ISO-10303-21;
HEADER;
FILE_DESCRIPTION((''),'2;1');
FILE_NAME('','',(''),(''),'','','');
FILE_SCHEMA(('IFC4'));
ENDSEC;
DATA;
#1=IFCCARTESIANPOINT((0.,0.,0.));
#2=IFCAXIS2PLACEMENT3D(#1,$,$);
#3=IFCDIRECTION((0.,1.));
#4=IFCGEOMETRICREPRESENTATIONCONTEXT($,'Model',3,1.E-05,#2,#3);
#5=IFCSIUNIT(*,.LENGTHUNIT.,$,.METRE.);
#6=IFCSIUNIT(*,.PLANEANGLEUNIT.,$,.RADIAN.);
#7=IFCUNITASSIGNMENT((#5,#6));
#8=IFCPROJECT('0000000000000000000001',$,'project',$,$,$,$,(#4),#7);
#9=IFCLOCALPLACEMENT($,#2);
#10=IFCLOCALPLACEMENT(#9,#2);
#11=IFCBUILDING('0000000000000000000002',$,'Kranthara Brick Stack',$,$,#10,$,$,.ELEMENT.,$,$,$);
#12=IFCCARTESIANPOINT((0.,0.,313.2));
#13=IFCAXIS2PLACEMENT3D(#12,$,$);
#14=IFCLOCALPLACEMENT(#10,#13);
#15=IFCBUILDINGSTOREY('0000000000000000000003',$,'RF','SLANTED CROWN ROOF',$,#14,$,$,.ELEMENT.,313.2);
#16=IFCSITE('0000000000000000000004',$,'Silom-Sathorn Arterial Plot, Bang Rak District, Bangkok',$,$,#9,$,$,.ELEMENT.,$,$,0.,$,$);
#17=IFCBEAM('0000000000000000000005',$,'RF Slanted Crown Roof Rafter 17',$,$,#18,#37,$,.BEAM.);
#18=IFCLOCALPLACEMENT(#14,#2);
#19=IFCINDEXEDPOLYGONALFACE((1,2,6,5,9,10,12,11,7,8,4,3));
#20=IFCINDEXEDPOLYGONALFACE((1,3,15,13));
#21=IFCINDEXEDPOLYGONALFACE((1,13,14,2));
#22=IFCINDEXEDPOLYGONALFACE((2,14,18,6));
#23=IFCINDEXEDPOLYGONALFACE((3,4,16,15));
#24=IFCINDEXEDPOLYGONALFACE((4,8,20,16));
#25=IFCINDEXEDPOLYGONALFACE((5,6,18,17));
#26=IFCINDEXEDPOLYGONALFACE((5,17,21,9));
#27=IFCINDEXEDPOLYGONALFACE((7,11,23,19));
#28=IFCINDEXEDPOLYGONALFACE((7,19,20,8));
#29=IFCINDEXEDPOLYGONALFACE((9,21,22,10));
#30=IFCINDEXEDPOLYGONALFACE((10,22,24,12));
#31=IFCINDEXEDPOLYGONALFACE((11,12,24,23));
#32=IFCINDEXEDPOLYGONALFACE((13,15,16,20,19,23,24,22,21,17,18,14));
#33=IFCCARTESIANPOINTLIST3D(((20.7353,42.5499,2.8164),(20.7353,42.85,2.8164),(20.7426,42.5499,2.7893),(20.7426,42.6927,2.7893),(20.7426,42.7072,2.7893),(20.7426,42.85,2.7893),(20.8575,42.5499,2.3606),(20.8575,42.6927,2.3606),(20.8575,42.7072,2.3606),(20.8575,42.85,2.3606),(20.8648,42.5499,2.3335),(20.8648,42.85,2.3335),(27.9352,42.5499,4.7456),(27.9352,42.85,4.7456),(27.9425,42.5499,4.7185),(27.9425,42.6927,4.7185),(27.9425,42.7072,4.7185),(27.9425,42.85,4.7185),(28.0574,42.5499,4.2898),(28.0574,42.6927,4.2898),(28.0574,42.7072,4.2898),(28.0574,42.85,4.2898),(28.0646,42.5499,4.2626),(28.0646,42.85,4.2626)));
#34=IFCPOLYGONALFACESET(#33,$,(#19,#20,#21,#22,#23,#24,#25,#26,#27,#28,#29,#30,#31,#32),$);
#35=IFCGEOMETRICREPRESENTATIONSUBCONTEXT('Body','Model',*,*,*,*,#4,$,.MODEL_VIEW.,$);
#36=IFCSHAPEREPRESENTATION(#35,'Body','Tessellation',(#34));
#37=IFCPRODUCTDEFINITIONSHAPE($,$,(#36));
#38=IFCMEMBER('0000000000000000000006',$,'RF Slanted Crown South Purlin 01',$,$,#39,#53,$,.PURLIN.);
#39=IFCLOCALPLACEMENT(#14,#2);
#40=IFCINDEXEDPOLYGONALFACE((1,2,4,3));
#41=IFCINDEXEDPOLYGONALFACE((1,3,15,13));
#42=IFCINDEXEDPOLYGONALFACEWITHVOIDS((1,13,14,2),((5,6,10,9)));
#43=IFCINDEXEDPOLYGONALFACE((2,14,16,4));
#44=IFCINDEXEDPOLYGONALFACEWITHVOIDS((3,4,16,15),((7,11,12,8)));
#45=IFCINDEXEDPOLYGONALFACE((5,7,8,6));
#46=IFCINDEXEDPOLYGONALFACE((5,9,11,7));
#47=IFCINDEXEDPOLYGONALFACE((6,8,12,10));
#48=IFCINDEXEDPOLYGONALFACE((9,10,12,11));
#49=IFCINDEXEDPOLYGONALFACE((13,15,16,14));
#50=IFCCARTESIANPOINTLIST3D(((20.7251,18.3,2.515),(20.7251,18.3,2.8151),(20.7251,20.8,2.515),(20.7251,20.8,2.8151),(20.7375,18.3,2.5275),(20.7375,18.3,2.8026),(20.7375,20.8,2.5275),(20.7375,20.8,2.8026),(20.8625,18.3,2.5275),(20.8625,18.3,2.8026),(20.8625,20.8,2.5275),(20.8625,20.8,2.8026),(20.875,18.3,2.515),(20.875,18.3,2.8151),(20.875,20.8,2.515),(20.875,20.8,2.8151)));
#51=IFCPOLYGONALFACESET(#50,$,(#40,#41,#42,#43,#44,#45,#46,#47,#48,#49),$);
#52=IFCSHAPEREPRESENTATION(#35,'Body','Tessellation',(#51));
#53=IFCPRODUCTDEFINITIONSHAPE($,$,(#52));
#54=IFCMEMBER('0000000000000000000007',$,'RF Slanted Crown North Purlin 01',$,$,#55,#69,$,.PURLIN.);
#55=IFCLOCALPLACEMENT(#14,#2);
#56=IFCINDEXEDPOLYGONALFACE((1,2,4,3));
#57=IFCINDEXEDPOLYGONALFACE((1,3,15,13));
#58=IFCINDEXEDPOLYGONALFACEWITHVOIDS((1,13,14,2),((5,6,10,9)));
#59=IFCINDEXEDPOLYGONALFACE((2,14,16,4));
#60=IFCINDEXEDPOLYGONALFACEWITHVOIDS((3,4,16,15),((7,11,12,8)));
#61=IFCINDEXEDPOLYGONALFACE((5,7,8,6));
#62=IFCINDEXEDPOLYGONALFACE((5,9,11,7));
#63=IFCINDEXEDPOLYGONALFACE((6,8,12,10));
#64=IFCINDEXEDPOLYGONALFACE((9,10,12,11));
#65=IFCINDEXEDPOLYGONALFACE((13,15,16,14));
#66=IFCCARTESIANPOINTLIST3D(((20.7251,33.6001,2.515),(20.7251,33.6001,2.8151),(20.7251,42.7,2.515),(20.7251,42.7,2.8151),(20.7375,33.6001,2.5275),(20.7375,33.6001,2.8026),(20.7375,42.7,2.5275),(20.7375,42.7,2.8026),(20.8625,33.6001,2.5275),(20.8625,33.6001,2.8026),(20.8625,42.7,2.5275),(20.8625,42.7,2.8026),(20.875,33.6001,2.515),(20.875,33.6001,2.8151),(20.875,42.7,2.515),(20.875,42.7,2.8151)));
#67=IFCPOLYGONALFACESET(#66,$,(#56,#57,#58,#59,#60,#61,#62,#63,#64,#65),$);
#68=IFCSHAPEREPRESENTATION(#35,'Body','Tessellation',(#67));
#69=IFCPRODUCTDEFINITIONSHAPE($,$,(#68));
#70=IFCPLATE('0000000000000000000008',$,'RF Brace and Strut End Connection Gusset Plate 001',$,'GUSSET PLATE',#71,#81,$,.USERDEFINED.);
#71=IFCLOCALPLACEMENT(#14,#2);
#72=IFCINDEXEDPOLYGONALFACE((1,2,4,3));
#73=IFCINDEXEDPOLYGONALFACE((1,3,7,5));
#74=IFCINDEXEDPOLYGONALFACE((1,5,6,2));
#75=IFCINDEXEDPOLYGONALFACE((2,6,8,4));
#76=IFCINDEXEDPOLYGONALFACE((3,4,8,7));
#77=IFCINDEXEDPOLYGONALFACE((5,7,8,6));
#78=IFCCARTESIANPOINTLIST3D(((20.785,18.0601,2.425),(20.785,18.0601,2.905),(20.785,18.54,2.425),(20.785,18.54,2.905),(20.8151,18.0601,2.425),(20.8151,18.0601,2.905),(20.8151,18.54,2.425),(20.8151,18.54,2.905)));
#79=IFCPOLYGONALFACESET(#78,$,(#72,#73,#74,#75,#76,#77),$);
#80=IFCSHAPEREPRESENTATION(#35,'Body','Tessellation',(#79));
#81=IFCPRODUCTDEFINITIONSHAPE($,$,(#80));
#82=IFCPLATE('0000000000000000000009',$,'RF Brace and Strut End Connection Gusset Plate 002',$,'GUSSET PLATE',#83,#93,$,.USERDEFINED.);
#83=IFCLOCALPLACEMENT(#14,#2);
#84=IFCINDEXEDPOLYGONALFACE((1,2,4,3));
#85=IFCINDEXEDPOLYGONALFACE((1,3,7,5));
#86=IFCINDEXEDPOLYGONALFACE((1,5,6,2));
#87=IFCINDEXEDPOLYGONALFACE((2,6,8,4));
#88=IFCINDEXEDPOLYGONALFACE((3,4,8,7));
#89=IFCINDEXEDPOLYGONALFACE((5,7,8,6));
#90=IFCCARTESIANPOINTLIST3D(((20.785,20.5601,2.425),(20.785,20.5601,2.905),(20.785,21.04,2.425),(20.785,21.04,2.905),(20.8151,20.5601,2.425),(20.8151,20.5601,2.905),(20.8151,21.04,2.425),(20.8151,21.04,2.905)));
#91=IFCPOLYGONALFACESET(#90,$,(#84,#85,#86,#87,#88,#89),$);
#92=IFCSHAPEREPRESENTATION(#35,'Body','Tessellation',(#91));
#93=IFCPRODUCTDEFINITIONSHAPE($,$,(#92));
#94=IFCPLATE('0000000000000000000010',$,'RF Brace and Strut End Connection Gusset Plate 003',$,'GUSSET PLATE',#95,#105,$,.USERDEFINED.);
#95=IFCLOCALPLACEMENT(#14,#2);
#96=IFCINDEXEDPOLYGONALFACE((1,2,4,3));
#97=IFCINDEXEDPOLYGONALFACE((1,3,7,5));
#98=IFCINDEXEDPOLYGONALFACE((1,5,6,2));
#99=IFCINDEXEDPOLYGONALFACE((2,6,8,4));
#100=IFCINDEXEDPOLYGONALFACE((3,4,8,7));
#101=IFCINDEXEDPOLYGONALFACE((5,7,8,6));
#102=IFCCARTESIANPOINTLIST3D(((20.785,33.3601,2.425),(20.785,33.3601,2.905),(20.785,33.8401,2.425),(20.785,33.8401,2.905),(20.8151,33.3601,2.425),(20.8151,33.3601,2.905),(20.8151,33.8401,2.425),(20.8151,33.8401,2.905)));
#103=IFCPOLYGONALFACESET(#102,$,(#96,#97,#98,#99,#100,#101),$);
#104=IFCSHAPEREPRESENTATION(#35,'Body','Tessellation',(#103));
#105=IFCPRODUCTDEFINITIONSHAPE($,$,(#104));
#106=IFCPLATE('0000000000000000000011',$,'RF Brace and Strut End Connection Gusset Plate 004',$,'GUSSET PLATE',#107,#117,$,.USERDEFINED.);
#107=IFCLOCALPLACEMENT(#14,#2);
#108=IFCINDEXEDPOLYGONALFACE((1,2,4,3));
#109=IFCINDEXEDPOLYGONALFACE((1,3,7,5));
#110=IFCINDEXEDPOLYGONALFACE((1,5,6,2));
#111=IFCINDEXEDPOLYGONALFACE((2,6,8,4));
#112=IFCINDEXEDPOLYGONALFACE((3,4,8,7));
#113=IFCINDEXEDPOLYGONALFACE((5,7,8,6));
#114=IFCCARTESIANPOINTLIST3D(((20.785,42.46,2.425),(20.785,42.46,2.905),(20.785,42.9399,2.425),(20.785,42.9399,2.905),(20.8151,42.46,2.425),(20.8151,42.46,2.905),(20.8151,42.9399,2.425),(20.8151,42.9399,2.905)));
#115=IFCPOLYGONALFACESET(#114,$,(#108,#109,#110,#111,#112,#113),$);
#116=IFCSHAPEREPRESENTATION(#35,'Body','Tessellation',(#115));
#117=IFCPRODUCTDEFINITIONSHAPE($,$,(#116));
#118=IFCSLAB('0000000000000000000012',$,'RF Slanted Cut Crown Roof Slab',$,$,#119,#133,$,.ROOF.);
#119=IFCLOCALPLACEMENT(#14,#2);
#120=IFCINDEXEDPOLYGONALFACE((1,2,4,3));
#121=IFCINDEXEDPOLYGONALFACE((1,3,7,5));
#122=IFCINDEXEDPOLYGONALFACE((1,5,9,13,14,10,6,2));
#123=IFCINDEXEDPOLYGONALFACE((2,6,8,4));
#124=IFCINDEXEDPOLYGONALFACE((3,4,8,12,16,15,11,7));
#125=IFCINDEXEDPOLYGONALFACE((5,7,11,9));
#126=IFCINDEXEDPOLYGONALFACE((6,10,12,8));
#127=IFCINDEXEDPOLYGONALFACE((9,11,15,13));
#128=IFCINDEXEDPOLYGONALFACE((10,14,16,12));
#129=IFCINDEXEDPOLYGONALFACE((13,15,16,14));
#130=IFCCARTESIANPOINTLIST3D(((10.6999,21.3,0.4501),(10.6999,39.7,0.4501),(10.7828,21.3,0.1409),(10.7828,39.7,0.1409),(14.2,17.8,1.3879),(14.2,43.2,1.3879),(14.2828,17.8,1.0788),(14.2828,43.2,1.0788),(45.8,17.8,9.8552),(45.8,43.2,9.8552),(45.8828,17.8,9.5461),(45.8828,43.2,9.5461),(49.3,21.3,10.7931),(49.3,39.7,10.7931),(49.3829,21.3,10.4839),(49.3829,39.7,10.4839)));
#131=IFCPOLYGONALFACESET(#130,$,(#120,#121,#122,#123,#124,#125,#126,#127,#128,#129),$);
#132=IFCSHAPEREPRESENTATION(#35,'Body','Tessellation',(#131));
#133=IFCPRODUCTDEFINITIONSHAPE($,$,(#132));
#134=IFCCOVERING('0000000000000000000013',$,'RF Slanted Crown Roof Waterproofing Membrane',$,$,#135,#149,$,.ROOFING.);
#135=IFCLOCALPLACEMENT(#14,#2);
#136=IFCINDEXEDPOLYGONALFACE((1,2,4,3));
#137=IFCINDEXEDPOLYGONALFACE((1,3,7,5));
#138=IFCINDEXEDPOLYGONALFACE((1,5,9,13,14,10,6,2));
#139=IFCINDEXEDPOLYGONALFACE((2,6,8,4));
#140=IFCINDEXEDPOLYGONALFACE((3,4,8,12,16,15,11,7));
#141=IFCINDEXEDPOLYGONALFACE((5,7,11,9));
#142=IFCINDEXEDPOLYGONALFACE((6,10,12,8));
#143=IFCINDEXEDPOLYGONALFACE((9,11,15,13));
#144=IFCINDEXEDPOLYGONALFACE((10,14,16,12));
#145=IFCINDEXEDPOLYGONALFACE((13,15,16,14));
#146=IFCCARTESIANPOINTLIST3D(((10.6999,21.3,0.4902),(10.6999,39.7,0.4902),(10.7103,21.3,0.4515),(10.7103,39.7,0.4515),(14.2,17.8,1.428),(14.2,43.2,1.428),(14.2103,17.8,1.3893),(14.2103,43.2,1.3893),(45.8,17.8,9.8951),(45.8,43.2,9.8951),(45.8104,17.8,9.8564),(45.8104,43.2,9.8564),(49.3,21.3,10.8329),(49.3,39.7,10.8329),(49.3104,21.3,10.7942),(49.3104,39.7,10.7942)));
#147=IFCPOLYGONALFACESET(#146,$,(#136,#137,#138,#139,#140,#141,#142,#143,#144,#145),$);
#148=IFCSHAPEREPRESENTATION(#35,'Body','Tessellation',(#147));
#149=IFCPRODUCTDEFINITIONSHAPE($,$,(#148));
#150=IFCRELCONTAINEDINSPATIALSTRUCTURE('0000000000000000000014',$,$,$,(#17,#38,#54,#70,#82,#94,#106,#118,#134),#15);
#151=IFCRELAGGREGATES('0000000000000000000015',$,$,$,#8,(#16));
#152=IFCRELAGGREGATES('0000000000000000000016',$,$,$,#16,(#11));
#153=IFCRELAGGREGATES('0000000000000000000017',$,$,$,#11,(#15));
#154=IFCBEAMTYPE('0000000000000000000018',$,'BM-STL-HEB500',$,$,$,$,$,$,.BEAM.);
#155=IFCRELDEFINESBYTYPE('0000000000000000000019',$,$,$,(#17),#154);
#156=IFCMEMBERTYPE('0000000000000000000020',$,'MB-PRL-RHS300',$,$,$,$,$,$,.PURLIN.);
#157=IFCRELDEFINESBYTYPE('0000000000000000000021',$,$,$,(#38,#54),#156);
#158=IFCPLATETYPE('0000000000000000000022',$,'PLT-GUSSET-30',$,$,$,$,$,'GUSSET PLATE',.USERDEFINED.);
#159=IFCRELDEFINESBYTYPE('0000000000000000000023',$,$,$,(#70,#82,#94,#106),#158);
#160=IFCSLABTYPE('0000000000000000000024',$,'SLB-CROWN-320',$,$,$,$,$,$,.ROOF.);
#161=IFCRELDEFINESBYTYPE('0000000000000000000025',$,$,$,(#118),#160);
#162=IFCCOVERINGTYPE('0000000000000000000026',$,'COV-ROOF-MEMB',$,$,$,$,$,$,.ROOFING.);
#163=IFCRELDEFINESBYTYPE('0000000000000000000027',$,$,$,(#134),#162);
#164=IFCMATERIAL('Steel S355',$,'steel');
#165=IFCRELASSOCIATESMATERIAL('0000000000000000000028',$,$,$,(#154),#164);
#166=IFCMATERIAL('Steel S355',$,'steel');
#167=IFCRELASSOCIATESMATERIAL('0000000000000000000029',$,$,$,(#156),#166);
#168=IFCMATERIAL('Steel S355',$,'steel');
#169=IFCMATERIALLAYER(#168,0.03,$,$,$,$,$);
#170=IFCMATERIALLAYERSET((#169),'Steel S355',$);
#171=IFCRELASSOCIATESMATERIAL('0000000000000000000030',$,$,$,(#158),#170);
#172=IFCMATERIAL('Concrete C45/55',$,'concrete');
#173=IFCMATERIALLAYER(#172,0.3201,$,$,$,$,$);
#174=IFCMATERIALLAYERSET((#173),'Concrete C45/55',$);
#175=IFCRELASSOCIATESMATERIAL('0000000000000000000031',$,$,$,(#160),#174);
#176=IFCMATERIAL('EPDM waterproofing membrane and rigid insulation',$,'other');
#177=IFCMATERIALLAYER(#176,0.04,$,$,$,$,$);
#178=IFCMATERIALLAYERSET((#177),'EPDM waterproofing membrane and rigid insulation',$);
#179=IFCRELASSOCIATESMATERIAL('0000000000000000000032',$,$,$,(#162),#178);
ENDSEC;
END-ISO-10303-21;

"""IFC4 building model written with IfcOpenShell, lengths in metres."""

from ifc_helpers import new_model, si_unit, direction, frame, origin, origin_2d, place, context, subcontext, project, spatial, polyline, rectangle, hollow_rectangle, i_section, outline, extrude, material, layer, layer_set, material_profile, profile_set, type_object, element, save


model = new_model("IFC4")

# Units and contexts
model_context = context("Model", 3, precision=1e-05, world=origin(), true_north=direction((0.0, 1.0)))
body_context = subcontext(model_context, "Body", "Model", "MODEL_VIEW")
ifc_project = project(units=[si_unit("LENGTHUNIT", "METRE"), si_unit("PLANEANGLEUNIT", "RADIAN")], contexts=[model_context])

# Site, building, storey
site_placement = place(None, origin())
site = spatial("IfcSite", under=ifc_project, at=site_placement, Name="Silom-Sathorn Arterial Plot, Bang Rak District, Bangkok", CompositionType="ELEMENT", RefElevation=0.0)
building_placement = place(site_placement, origin())
building = spatial("IfcBuilding", under=site, at=building_placement, Name="Kranthara Brick Stack", CompositionType="ELEMENT")
storey_placement = place(building_placement, frame((0.0, 0.0, 313.2)))
storey = spatial("IfcBuildingStorey", under=building, at=storey_placement, Name="RF", Description="SLANTED CROWN ROOF", CompositionType="ELEMENT", Elevation=313.2)

# Beam
ifc_material_1 = material(Name="Steel S355", Category="steel")
ifc_material_profile_1 = material_profile(ifc_material_1, i_section(OverallWidth=0.3, OverallDepth=0.5, WebThickness=0.0144, FlangeThickness=0.0281, at=origin_2d()), Name="HEB 500")
ifc_profile_set_1 = profile_set([ifc_material_profile_1], Name="Steel S355")
beam_type = type_object("IfcBeamType", Name="BM-STL-HEB500", PredefinedType="BEAM", material=ifc_profile_set_1)
beam_1_placement = place(storey_placement, frame((20.8, 42.7, 2.575), z_axis=(0.965927, 0.0, 0.258816), x_axis=(0.0, 1.0, 0.0)))
element("IfcBeam", 1, at=beam_1_placement, inside=storey, type_object=beam_type, Name="RF Slanted Crown Roof Rafter 17", PredefinedType="BEAM", context=body_context, shape_type="SweptSolid", body=[
    extrude(i_section(OverallWidth=0.3, OverallDepth=0.5, WebThickness=0.0144, FlangeThickness=0.0281, at=origin_2d()), origin(), (0.0, 0.0, 1.0), 7.4539),
])

# Members
ifc_material_2 = material(Name="Steel S355", Category="steel")
ifc_material_profile_2 = material_profile(ifc_material_2, hollow_rectangle(XDim=0.1499, YDim=0.3, WallThickness=0.0125, at=origin_2d()), Name="RHS 150x300x12.5")
ifc_profile_set_2 = profile_set([ifc_material_profile_2], Name="Steel S355")
member_type = type_object("IfcMemberType", Name="MB-PRL-RHS300", PredefinedType="PURLIN", material=ifc_profile_set_2)
member_1_placement = place(storey_placement, frame((20.8, 18.3, 2.665), z_axis=(0.0, 1.0, 0.0), x_axis=(-1.0, 0.0, 0.0)))
element("IfcMember", 2, at=member_1_placement, inside=storey, type_object=member_type, Name="RF Slanted Crown South Purlin 01", PredefinedType="PURLIN", context=body_context, shape_type="SweptSolid", body=[
    extrude(hollow_rectangle(XDim=0.1499, YDim=0.3, WallThickness=0.0125, at=origin_2d()), origin(), (0.0, 0.0, 1.0), 2.5),
])
member_2_placement = place(storey_placement, frame((20.8, 33.6001, 2.665), z_axis=(0.0, 1.0, 0.0), x_axis=(-1.0, 0.0, 0.0)))
element("IfcMember", 3, at=member_2_placement, inside=storey, type_object=member_type, Name="RF Slanted Crown North Purlin 01", PredefinedType="PURLIN", context=body_context, shape_type="SweptSolid", body=[
    extrude(hollow_rectangle(XDim=0.1499, YDim=0.3, WallThickness=0.0125, at=origin_2d()), origin(), (0.0, 0.0, 1.0), 9.0999),
])

# Plates
ifc_material_3 = material(Name="Steel S355", Category="steel")
ifc_layer_1 = layer(ifc_material_3, 0.03)
ifc_layer_set_1 = layer_set([ifc_layer_1], Name="Steel S355")
plate_type = type_object("IfcPlateType", Name="PLT-GUSSET-30", ElementType="GUSSET PLATE", PredefinedType="USERDEFINED", material=ifc_layer_set_1)
for number, where, z_axis, x_axis, name in (
    (4, (20.8, 18.3, 2.425), (0.0, 0.0, 1.0), (0.0, 1.0, 0.0), "RF Brace and Strut End Connection Gusset Plate 001"),
    (5, (20.8, 20.8, 2.425), (0.0, 0.0, 1.0), (0.0, 1.0, 0.0), "RF Brace and Strut End Connection Gusset Plate 002"),
    (6, (20.8, 33.6001, 2.425), (0.0, 0.0, 1.0), (0.0, 1.0, 0.0), "RF Brace and Strut End Connection Gusset Plate 003"),
    (7, (20.8, 42.7, 2.425), (0.0, 0.0, 1.0), (0.0, 1.0, 0.0), "RF Brace and Strut End Connection Gusset Plate 004"),
):
    element("IfcPlate", number, at=place(storey_placement, frame(where, z_axis=z_axis, x_axis=x_axis)), inside=storey, type_object=plate_type, Name=name, ObjectType="GUSSET PLATE", PredefinedType="USERDEFINED", context=body_context, shape_type="SweptSolid", body=[
        extrude(rectangle(XDim=0.48, YDim=0.03, at=origin_2d()), origin(), (0.0, 0.0, 1.0), 0.48),
    ])

# Slab
ifc_material_4 = material(Name="Concrete C45/55", Category="concrete")
ifc_layer_2 = layer(ifc_material_4, 0.3201)
ifc_layer_set_2 = layer_set([ifc_layer_2], Name="Concrete C45/55")
slab_type = type_object("IfcSlabType", Name="SLB-CROWN-320", PredefinedType="ROOF", material=ifc_layer_set_2)
slab_placement = place(storey_placement, frame((14.2, 17.8, 1.3879), z_axis=(-0.258822, 0.0, 0.965925), x_axis=(0.965925, 0.0, 0.258822)))
element("IfcSlab", 8, at=slab_placement, inside=storey, type_object=slab_type, Name="RF Slanted Cut Crown Roof Slab", PredefinedType="ROOF", context=body_context, shape_type="SweptSolid", body=[
    extrude(outline(polyline([(0.0, 0.0), (32.7148, 0.0), (36.3383, 3.5), (36.3383, 21.8999), (32.7148, 25.3999), (0.0, 25.3999), (-3.6235, 21.8999), (-3.6235, 3.5), (0.0, 0.0)])), origin(), (0.0, 0.0, -1.0), 0.3201),
])

# Covering
ifc_material_5 = material(Name="EPDM waterproofing membrane and rigid insulation", Category="other")
ifc_layer_3 = layer(ifc_material_5, 0.04)
ifc_layer_set_3 = layer_set([ifc_layer_3], Name="EPDM waterproofing membrane and rigid insulation")
covering_type = type_object("IfcCoveringType", Name="COV-ROOF-MEMB", PredefinedType="ROOFING", material=ifc_layer_set_3)
covering_placement = place(storey_placement, frame((14.2, 17.8, 1.428), z_axis=(-0.258817, 0.0, 0.965926), x_axis=(0.965926, 0.0, 0.258817)))
element("IfcCovering", 9, at=covering_placement, inside=storey, type_object=covering_type, Name="RF Slanted Crown Roof Waterproofing Membrane", PredefinedType="ROOFING", context=body_context, shape_type="SweptSolid", body=[
    extrude(outline(polyline([(0.0, 0.0), (32.7148, 0.0), (36.3382, 3.5), (36.3382, 21.8999), (32.7148, 25.3999), (0.0, 25.3999), (-3.6235, 21.8999), (-3.6235, 3.5), (0.0, 0.0)])), origin(), (0.0, 0.0, -1.0), 0.04),
])

save(model, "model.ifc")
